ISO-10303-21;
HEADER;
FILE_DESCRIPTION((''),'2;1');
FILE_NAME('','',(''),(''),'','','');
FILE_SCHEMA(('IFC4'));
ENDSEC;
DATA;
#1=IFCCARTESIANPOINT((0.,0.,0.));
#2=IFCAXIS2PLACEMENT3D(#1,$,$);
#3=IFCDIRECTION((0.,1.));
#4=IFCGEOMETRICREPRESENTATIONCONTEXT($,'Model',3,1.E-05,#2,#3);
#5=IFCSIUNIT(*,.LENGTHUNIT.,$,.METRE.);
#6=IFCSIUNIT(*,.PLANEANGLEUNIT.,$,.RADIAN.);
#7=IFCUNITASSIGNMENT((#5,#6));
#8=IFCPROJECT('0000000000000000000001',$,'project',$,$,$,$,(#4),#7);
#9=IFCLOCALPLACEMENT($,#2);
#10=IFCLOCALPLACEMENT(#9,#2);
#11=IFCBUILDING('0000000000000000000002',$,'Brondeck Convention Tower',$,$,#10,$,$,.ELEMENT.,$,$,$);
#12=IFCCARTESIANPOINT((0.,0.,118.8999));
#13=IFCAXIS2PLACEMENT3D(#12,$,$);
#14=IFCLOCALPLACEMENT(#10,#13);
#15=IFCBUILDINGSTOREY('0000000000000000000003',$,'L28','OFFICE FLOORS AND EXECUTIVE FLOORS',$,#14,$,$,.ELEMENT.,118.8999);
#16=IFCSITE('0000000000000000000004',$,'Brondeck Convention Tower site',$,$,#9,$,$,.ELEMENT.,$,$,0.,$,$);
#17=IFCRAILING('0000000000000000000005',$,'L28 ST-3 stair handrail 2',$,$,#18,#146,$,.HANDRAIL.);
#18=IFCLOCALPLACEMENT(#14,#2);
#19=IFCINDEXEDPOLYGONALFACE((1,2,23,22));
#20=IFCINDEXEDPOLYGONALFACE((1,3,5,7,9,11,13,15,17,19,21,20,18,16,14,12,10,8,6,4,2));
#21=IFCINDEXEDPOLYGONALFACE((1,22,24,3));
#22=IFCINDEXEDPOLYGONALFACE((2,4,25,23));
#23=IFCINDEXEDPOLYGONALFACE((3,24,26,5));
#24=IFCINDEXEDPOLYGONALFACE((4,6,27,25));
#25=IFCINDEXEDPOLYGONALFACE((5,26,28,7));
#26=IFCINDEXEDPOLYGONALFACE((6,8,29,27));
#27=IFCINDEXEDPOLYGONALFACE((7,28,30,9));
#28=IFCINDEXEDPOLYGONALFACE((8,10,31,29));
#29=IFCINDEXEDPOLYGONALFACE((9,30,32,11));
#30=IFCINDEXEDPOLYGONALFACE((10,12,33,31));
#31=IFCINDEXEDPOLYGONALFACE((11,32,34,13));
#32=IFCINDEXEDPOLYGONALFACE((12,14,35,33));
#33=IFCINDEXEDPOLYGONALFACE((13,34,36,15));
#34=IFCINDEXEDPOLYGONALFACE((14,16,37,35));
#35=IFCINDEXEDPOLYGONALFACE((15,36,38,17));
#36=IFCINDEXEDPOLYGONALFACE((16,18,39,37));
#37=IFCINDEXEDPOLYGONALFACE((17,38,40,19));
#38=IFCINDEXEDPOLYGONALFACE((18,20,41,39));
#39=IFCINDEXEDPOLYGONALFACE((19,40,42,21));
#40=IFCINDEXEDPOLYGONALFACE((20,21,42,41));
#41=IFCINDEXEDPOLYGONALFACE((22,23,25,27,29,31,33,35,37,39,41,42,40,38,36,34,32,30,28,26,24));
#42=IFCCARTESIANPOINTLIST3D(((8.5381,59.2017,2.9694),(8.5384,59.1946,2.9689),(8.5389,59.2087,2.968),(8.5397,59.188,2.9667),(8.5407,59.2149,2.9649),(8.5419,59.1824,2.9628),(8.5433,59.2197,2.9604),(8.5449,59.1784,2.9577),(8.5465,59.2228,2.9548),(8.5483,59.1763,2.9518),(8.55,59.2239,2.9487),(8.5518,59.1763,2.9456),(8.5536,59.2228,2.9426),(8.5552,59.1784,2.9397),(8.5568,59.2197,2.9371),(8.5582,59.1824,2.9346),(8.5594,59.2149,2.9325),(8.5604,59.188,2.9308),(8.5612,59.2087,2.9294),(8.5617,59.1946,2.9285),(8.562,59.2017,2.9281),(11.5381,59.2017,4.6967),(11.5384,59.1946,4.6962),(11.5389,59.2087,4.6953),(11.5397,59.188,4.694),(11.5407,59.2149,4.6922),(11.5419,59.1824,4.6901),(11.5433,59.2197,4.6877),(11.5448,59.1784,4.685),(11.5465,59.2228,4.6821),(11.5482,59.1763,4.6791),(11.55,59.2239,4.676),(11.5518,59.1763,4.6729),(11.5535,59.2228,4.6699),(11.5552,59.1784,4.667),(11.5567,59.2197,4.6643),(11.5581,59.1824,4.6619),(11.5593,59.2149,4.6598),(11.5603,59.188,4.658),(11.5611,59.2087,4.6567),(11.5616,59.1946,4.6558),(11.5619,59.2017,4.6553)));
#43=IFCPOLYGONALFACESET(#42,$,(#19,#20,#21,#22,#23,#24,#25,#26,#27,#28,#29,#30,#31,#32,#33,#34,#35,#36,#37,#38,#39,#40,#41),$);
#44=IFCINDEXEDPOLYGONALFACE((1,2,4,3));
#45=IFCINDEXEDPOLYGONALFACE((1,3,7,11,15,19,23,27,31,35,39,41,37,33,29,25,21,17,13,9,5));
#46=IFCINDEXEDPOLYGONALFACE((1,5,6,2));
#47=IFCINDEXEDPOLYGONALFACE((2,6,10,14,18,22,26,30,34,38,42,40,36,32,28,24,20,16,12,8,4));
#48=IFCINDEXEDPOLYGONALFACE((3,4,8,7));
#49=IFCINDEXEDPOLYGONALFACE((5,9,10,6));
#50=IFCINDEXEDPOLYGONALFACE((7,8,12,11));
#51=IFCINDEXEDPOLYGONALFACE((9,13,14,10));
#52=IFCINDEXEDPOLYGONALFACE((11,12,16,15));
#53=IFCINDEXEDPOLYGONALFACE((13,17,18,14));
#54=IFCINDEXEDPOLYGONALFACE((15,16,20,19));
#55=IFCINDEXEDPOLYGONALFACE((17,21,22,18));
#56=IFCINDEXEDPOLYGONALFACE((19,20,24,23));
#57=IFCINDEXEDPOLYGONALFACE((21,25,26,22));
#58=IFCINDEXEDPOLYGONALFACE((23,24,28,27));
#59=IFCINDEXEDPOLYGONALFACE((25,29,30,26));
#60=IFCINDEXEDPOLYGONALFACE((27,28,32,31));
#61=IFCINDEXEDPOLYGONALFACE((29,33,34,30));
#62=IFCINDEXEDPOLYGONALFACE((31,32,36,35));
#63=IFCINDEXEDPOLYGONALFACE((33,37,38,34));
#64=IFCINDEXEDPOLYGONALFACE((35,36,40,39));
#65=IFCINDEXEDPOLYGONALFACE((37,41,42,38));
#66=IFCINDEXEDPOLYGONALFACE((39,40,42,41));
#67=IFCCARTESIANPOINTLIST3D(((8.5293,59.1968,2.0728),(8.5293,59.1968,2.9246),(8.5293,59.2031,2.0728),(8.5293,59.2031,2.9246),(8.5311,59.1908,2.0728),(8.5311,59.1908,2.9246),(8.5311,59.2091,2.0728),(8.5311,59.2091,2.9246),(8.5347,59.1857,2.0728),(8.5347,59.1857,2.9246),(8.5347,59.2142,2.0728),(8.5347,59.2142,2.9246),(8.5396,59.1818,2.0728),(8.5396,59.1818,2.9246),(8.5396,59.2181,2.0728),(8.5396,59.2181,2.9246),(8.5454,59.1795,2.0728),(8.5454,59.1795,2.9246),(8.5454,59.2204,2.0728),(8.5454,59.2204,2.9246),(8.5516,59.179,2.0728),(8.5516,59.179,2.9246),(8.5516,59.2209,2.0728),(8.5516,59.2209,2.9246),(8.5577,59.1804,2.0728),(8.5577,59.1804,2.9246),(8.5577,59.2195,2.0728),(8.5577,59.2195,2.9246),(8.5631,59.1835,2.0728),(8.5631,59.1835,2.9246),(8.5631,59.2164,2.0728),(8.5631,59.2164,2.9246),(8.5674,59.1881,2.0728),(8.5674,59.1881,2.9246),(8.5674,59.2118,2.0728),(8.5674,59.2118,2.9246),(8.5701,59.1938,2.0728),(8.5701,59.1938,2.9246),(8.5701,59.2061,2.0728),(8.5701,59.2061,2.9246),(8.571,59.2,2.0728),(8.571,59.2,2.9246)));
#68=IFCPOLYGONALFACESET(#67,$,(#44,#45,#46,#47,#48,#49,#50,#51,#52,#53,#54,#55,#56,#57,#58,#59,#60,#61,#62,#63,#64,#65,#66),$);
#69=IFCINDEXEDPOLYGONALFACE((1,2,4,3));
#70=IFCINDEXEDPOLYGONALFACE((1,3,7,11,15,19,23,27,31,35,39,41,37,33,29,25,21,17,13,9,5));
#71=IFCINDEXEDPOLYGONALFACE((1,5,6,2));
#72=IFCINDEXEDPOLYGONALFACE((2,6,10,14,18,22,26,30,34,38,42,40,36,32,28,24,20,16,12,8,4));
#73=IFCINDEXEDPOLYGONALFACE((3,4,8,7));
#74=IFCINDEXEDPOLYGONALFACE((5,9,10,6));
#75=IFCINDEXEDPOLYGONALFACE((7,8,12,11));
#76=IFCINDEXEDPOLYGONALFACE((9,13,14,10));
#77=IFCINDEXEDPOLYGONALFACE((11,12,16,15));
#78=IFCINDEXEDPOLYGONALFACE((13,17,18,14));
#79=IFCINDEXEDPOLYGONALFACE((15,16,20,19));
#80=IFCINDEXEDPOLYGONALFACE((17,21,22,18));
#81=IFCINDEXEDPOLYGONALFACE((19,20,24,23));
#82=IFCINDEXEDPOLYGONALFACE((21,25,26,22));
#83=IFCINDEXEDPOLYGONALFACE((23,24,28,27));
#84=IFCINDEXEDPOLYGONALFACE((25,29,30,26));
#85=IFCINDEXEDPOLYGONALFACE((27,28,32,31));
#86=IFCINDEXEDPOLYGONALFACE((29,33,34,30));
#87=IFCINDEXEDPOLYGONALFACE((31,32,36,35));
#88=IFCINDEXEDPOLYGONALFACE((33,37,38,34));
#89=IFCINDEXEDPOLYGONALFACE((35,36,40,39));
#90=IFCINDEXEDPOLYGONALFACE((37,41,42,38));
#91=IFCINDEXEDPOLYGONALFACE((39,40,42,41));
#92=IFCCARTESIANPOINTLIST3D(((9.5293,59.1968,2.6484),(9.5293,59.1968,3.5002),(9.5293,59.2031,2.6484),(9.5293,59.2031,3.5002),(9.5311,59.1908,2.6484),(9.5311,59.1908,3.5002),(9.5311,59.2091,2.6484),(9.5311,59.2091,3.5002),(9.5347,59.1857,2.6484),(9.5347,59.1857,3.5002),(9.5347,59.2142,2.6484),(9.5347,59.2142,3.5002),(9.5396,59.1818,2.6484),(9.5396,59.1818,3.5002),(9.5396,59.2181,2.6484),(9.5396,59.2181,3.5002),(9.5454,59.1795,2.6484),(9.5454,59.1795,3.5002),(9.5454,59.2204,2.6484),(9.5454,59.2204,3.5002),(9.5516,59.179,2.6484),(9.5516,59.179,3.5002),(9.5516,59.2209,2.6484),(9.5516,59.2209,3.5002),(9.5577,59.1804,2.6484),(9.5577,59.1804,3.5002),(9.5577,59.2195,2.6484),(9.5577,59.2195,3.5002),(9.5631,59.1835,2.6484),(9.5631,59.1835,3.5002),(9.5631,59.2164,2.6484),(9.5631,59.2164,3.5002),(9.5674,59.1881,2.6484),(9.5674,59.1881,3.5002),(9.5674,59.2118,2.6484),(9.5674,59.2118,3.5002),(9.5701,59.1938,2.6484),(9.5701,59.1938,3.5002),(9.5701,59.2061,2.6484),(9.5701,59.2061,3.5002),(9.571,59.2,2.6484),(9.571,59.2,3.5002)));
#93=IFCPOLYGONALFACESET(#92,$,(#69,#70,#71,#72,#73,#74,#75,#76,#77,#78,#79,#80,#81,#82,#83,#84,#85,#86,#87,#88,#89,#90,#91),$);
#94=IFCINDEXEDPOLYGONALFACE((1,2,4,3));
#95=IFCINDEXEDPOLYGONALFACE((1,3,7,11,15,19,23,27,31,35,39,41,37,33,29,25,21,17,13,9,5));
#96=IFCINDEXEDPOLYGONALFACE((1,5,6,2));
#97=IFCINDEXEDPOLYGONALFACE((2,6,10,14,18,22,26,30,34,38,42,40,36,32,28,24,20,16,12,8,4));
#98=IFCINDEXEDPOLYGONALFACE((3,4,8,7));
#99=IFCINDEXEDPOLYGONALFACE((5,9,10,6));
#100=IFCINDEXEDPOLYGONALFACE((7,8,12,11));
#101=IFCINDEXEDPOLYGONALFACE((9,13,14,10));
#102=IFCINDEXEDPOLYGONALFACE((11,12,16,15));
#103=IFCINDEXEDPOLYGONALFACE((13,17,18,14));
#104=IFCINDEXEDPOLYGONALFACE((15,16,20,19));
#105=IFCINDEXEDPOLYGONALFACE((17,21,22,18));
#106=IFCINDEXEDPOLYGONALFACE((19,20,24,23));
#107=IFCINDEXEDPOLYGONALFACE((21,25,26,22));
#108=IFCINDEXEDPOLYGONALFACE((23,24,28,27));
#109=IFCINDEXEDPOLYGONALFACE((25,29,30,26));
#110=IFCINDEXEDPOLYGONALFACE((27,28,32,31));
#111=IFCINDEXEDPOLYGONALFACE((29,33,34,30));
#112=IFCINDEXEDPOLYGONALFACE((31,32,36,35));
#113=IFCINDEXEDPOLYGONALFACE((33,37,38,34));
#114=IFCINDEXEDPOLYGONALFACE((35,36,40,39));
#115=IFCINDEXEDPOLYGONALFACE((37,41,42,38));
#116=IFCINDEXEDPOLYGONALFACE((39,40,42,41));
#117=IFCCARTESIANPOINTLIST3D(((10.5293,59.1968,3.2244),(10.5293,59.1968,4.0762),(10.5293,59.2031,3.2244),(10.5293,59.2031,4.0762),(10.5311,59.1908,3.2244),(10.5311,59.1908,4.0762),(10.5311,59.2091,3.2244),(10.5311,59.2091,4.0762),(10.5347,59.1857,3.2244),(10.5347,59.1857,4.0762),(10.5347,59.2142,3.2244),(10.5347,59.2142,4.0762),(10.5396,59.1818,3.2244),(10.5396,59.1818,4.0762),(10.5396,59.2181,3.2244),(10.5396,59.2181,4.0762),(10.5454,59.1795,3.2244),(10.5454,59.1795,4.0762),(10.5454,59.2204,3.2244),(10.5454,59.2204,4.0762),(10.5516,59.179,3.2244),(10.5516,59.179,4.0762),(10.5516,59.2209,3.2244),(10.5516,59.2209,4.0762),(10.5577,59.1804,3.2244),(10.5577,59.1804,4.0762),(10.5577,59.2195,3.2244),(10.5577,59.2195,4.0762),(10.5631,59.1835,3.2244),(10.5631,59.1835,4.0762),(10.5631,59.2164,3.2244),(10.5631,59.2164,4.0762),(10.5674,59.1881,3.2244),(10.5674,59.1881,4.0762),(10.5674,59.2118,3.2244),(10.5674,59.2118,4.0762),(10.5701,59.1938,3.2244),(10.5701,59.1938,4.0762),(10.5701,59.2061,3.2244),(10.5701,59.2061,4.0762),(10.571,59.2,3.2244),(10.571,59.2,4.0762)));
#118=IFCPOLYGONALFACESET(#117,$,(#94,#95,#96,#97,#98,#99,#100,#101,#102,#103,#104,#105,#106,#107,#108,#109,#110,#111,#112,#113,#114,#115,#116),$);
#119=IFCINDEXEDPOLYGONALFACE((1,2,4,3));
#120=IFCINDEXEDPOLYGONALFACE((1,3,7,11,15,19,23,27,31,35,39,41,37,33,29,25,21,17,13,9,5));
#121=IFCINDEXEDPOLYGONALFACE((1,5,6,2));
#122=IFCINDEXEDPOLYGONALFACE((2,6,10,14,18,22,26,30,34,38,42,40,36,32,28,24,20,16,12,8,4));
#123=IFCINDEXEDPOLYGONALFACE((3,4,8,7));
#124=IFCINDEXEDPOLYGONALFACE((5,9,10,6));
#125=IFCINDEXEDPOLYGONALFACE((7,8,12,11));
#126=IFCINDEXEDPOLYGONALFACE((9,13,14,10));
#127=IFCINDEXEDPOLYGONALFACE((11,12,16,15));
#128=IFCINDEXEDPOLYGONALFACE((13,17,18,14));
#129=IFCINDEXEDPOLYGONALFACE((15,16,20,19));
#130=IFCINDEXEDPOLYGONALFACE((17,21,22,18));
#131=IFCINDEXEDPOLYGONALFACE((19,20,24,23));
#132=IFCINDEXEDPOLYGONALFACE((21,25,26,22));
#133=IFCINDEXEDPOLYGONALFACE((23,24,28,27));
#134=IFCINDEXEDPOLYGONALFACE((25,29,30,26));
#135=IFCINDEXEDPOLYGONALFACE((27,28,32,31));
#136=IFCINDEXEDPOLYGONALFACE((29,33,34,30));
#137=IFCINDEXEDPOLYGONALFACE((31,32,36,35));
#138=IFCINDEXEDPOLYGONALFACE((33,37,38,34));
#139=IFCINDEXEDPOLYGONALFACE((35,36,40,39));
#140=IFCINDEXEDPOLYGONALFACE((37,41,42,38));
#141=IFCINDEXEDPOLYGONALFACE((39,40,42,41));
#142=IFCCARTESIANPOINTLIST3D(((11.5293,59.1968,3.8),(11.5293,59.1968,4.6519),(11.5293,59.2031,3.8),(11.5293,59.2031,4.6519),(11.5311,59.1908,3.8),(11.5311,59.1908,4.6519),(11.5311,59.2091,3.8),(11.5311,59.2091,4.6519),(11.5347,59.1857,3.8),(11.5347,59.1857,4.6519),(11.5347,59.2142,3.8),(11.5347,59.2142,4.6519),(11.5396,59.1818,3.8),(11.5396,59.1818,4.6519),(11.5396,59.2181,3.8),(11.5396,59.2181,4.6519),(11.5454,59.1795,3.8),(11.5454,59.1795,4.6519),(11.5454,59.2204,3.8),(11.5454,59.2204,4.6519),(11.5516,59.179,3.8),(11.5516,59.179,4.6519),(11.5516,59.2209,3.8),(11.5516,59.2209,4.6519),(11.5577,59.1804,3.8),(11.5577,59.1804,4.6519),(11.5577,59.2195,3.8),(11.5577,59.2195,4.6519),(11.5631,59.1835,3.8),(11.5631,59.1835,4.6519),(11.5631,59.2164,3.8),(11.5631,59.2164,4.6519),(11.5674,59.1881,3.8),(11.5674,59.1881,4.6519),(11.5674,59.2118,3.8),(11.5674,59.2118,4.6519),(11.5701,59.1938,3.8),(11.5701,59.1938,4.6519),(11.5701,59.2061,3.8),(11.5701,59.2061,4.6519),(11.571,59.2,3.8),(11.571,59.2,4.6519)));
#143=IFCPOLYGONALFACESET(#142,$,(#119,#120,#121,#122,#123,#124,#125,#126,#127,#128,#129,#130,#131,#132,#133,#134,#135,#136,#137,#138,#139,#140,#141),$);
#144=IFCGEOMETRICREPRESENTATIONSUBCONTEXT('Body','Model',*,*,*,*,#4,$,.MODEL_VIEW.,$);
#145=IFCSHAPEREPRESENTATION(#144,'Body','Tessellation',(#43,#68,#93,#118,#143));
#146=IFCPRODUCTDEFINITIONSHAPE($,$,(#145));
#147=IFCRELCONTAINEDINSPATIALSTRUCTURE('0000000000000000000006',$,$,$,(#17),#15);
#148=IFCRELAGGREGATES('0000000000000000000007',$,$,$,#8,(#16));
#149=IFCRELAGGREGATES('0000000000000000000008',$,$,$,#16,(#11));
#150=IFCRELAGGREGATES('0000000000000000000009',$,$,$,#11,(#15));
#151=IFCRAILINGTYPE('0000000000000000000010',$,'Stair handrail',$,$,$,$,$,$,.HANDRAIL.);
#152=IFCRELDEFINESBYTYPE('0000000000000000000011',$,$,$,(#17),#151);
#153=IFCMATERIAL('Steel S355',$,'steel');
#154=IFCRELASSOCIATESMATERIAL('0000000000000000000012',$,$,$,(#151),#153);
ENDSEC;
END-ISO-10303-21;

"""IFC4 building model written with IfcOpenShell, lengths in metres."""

from ifc_helpers import new_model, si_unit, direction, frame, origin, origin_2d, place, context, subcontext, project, spatial, circle, extrude, material, type_object, element, save


model = new_model("IFC4")

# Units and contexts
model_context = context("Model", 3, precision=1e-05, world=origin(), true_north=direction((0.0, 1.0)))
body_context = subcontext(model_context, "Body", "Model", "MODEL_VIEW")
ifc_project = project(units=[si_unit("LENGTHUNIT", "METRE"), si_unit("PLANEANGLEUNIT", "RADIAN")], contexts=[model_context])

# Site, building, storey
site_placement = place(None, origin())
site = spatial("IfcSite", under=ifc_project, at=site_placement, Name="Brondeck Convention Tower site", CompositionType="ELEMENT", RefElevation=0.0)
building_placement = place(site_placement, origin())
building = spatial("IfcBuilding", under=site, at=building_placement, Name="Brondeck Convention Tower", CompositionType="ELEMENT")
storey_placement = place(building_placement, frame((0.0, 0.0, 118.8999)))
storey = spatial("IfcBuildingStorey", under=building, at=storey_placement, Name="L28", Description="OFFICE FLOORS AND EXECUTIVE FLOORS", CompositionType="ELEMENT", Elevation=118.8999)

# Railing
ifc_material_1 = material(Name="Steel S355", Category="steel")
railing_type_1 = type_object("IfcRailingType", Name="Stair handrail", PredefinedType="HANDRAIL", material=ifc_material_1)
railing_1_placement = place(storey_placement, frame((8.55, 59.2, 2.0728)))
element("IfcRailing", 1, at=railing_1_placement, inside=storey, type_object=railing_type_1, Name="L28 ST-3 stair handrail 2", PredefinedType="HANDRAIL", context=body_context, shape_type="SweptSolid", body=[
    extrude(circle(Radius=0.0239, at=origin_2d()), frame((0.0, 0.0, 0.876), z_axis=(0.86662, 0.0, 0.498969), x_axis=(0.0, 1.0, 0.0)), (0.0, 0.0, 1.0), 3.4617),
    extrude(circle(Radius=0.021, at=origin_2d()), origin(), (0.0, 0.0, 1.0), 0.8518),
    extrude(circle(Radius=0.021, at=origin_2d()), frame((1.0, 0.0, 0.5757)), (0.0, 0.0, 1.0), 0.8518),
    extrude(circle(Radius=0.021, at=origin_2d()), frame((2.0, 0.0, 1.1516)), (0.0, 0.0, 1.0), 0.8518),
    extrude(circle(Radius=0.021, at=origin_2d()), frame((3.0, 0.0, 1.7273)), (0.0, 0.0, 1.0), 0.8518),
])

save(model, "model.ifc")
